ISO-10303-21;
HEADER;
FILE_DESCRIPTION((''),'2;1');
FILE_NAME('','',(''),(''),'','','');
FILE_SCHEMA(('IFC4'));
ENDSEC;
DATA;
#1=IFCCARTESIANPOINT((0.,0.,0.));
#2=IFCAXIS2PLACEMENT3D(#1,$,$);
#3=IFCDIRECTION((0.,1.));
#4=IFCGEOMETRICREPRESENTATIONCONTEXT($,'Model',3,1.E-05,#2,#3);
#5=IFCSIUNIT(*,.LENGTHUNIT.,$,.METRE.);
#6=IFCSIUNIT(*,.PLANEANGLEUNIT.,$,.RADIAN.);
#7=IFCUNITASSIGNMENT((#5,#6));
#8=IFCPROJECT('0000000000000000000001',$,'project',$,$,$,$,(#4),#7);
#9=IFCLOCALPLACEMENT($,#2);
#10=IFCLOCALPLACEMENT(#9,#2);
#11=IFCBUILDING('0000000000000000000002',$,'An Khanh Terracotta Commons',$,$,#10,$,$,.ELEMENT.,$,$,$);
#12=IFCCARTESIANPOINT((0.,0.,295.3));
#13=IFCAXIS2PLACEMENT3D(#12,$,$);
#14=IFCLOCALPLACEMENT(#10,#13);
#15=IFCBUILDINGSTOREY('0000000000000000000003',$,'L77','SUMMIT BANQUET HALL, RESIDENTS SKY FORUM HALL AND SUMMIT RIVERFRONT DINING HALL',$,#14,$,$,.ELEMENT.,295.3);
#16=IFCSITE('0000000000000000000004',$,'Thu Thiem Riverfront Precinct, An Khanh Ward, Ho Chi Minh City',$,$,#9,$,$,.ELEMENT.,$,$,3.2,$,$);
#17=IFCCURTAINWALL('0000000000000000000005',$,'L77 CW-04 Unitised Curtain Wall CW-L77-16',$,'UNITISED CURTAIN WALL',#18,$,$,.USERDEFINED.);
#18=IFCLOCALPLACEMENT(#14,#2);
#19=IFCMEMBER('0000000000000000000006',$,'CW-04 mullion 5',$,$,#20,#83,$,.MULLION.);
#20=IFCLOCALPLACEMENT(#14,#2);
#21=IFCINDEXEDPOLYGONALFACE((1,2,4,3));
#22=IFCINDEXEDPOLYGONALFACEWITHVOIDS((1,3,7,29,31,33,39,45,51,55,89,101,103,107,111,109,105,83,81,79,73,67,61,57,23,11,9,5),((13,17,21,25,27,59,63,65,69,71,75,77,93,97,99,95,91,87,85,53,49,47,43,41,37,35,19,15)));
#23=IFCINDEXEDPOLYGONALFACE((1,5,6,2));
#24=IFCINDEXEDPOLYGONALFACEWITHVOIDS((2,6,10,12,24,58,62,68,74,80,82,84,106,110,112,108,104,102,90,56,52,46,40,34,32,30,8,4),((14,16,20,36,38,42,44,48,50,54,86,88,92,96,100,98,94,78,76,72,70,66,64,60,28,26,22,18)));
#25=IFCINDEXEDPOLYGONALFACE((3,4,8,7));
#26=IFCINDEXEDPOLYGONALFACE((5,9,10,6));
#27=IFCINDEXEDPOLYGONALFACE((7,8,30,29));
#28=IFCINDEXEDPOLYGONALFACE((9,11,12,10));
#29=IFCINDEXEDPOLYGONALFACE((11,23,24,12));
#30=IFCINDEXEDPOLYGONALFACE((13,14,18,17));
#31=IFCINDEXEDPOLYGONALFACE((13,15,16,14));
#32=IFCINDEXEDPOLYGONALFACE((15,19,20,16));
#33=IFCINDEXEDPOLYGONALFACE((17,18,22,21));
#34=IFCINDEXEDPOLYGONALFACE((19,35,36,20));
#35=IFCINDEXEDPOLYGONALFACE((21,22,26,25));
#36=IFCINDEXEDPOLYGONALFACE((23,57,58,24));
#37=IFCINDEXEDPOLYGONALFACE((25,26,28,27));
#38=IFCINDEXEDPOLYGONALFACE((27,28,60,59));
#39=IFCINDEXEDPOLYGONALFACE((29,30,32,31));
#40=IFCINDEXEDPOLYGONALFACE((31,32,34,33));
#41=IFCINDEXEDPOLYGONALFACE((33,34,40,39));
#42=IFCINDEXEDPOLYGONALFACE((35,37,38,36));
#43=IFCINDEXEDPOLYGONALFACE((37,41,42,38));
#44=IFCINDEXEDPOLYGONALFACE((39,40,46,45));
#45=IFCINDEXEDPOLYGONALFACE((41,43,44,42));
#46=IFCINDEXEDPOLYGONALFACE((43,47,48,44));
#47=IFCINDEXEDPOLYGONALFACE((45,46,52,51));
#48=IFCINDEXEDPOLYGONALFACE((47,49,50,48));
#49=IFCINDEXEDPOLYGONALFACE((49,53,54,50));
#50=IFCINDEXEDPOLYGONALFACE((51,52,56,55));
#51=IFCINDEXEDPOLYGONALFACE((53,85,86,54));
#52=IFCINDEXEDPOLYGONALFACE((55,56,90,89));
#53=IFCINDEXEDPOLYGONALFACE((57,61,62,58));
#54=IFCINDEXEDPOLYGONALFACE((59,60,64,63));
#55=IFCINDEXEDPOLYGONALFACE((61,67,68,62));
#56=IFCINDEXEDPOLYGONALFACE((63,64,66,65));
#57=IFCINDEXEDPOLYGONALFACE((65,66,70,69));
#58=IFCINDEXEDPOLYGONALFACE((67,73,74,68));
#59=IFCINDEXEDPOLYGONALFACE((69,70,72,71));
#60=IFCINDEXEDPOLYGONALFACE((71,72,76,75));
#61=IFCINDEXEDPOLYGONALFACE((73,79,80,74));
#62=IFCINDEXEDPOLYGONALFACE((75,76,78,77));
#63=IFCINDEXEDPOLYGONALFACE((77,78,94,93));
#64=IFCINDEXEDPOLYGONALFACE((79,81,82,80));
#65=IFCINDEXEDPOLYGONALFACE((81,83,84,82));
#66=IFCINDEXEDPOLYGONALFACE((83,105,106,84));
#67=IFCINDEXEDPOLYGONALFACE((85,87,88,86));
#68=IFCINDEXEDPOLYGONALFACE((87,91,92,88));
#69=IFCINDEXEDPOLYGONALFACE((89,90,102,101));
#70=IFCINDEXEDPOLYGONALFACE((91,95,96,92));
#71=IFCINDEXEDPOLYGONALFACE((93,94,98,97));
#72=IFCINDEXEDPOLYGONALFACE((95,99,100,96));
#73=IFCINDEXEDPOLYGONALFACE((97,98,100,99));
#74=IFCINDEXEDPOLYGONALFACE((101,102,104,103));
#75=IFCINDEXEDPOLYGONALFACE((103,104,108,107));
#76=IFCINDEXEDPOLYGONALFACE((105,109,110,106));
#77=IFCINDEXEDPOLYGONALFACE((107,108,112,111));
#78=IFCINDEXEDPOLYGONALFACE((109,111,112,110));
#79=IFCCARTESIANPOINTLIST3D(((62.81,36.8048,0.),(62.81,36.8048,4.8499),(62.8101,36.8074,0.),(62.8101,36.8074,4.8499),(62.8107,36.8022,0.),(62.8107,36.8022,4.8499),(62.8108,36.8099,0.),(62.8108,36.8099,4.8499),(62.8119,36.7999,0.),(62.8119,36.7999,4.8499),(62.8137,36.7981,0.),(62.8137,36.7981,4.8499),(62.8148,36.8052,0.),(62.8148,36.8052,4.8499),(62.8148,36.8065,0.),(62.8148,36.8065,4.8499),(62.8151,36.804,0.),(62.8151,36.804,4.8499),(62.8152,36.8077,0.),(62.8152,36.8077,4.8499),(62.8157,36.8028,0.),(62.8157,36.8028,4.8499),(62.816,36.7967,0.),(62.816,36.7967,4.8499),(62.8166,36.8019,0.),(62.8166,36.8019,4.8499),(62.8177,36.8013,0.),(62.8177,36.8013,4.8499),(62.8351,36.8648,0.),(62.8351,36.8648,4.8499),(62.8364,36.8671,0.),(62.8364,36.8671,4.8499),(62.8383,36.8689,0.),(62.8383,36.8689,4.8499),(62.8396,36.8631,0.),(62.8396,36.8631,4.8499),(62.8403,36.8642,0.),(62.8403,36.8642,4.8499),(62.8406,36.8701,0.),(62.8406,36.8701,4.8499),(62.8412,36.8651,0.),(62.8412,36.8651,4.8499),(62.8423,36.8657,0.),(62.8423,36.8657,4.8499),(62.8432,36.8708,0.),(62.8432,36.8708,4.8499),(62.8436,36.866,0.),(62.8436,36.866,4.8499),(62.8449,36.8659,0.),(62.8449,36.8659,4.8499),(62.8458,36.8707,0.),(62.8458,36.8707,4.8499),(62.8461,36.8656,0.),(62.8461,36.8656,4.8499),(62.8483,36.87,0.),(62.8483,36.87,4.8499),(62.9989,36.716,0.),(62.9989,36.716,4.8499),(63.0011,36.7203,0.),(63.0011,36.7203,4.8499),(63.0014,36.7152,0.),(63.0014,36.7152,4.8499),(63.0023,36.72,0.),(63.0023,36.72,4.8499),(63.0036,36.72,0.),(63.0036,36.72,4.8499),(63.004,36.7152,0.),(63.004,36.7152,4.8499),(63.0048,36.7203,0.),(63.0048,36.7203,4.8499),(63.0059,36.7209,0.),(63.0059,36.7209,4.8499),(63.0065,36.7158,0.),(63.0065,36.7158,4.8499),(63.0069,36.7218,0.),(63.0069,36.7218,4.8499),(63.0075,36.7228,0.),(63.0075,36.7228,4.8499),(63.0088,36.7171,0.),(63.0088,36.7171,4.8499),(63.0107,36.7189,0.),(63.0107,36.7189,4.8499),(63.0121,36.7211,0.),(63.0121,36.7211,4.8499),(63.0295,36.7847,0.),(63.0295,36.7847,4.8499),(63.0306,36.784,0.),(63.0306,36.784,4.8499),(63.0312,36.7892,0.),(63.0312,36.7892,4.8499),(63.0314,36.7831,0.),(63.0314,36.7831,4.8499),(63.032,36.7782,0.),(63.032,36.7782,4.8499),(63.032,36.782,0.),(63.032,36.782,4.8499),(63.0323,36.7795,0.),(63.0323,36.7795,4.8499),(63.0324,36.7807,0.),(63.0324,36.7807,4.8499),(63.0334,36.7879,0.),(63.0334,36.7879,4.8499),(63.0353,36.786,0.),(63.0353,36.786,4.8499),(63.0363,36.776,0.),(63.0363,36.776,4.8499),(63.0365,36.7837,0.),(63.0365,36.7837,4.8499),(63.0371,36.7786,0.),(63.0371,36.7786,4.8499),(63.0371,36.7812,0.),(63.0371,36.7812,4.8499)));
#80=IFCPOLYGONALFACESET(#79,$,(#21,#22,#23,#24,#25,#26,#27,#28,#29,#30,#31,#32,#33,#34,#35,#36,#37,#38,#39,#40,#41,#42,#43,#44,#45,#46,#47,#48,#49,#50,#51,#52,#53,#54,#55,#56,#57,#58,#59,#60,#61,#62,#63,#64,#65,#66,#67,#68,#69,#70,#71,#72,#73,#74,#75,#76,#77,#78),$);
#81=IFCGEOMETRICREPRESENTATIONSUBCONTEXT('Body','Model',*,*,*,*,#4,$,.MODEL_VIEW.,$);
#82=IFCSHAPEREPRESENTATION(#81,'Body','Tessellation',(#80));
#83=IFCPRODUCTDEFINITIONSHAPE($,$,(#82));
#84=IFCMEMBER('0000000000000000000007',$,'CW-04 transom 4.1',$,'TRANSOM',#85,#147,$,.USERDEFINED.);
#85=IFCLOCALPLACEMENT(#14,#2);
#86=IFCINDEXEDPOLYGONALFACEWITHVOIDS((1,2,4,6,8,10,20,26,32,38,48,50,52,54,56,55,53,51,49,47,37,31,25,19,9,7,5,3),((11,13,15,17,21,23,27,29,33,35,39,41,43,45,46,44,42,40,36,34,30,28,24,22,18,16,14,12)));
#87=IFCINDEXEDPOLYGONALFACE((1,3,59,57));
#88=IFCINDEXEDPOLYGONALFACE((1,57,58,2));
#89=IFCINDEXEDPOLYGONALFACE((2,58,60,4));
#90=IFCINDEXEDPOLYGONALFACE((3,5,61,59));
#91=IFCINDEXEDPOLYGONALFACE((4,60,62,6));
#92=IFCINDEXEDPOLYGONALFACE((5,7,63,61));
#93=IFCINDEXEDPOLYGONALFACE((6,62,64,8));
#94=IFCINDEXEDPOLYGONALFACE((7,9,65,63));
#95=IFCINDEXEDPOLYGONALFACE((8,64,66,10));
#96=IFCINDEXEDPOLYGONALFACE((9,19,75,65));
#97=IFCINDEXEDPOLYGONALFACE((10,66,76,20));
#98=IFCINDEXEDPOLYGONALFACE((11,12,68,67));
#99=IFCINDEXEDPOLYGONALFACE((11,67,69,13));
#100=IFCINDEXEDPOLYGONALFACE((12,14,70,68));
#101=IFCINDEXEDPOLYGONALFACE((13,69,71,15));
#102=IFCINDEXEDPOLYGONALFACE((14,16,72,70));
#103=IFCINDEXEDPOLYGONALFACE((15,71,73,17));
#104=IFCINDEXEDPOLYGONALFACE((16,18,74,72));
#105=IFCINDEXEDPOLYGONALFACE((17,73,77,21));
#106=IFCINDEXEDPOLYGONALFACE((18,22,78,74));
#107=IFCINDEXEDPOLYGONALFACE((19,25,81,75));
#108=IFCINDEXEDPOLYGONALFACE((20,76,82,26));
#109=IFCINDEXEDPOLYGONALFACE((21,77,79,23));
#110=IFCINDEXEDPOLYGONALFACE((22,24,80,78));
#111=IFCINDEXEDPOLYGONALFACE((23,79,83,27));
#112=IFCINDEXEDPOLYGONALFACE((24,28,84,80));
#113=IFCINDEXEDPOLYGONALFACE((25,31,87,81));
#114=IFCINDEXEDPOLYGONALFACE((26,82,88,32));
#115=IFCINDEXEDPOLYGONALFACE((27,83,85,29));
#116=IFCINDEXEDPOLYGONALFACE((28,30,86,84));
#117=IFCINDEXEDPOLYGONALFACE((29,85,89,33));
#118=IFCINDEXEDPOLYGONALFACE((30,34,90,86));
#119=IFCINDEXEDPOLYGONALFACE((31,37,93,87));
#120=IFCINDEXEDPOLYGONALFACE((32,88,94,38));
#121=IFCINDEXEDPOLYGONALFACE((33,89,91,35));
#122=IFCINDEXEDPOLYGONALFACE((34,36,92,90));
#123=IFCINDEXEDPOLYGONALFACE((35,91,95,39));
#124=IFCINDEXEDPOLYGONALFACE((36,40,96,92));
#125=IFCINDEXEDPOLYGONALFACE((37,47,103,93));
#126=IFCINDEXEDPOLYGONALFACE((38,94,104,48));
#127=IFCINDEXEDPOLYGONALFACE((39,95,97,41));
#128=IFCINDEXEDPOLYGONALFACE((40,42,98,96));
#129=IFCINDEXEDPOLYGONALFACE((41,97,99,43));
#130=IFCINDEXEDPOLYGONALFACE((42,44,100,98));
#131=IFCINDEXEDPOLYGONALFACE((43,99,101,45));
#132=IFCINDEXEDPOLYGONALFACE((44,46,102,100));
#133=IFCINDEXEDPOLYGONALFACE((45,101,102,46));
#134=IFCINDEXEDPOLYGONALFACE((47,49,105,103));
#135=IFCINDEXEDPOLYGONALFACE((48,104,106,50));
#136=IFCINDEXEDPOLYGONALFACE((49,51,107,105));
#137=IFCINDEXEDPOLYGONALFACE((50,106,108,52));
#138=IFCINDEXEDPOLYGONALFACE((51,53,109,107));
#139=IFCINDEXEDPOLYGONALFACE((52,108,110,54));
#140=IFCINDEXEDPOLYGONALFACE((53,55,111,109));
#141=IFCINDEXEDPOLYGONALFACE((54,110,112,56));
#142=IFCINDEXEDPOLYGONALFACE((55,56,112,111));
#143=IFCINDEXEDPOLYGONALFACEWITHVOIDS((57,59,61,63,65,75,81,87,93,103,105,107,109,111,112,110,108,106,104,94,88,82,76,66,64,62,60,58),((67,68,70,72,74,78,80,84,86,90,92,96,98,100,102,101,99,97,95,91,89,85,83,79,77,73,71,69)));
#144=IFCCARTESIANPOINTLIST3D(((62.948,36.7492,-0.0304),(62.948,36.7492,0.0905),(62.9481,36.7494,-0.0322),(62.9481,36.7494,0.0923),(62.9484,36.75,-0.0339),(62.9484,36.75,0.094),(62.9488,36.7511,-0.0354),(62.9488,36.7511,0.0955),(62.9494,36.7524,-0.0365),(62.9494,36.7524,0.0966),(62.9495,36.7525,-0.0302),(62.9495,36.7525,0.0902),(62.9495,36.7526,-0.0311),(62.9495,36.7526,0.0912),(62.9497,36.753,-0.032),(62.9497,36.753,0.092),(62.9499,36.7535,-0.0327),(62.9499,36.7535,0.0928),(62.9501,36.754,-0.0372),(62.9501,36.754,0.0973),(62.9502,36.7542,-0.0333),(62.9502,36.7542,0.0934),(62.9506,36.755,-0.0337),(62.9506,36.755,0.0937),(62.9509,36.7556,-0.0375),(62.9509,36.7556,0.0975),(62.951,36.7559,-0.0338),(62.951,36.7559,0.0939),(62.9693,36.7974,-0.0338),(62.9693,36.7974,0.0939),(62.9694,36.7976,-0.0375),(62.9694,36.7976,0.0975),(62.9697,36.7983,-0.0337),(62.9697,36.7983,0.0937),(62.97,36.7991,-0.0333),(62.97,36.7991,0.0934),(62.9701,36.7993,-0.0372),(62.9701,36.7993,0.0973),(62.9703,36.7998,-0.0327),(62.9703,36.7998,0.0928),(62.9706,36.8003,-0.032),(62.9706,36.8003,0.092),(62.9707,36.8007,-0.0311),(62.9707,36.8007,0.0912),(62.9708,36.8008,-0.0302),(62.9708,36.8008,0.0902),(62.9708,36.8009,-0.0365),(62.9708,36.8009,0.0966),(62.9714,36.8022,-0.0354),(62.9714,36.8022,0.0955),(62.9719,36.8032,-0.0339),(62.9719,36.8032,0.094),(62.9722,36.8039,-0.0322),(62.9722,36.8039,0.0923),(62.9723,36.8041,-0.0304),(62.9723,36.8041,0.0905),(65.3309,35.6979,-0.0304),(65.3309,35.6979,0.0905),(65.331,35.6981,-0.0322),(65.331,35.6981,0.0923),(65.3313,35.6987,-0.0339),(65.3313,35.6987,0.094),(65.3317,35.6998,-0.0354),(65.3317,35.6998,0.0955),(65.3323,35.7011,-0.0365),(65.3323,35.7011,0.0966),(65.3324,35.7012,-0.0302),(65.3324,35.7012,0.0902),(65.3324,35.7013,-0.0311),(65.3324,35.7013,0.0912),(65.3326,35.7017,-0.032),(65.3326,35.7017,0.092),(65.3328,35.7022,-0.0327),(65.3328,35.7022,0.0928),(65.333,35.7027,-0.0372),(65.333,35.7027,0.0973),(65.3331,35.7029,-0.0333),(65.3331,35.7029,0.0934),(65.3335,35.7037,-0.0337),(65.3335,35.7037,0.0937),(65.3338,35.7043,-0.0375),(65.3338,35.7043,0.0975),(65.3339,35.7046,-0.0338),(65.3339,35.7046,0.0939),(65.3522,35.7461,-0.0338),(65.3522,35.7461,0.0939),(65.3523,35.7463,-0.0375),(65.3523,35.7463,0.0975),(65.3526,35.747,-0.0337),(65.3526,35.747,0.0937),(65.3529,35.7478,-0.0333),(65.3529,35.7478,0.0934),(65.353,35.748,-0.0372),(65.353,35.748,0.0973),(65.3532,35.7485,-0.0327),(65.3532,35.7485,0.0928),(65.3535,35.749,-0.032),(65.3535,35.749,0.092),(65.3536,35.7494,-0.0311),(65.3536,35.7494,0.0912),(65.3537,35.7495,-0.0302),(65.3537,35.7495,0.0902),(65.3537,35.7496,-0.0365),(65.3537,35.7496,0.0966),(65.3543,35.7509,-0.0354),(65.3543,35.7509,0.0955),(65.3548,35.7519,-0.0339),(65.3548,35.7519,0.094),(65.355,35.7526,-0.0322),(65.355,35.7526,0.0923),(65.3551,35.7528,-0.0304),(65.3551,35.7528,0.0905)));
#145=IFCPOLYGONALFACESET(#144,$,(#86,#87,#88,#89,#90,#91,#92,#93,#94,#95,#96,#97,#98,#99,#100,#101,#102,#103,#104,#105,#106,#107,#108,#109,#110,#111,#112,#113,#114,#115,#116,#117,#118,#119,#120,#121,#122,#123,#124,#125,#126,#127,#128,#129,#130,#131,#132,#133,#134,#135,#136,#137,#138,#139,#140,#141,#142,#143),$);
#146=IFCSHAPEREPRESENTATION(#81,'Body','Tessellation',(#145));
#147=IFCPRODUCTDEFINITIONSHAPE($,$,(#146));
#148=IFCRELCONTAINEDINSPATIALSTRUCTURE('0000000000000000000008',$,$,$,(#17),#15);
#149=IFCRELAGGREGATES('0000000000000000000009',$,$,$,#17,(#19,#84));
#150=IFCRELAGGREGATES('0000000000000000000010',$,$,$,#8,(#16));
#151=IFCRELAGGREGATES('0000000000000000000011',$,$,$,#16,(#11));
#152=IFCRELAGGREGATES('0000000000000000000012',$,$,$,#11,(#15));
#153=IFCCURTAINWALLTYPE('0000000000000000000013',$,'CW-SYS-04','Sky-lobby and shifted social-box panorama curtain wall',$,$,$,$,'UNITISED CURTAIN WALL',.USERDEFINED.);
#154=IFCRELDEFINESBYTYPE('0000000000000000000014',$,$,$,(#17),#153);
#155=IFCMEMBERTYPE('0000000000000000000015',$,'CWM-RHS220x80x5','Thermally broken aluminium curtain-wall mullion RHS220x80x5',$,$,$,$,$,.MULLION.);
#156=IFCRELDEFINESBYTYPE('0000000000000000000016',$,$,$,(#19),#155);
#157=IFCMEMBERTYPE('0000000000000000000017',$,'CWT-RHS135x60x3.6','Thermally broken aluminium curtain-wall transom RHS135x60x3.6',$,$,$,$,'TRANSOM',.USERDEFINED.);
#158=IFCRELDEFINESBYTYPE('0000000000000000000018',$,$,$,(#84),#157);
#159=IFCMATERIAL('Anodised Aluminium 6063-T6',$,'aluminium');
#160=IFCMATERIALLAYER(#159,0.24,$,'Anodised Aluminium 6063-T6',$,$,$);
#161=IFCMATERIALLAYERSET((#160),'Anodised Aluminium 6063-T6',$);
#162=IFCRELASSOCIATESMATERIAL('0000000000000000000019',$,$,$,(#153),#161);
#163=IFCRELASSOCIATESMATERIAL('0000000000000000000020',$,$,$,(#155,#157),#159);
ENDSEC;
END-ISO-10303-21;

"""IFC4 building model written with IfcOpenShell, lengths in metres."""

from ifc_helpers import new_model, si_unit, direction, frame, origin, origin_2d, place, context, subcontext, project, spatial, hollow_rectangle, extrude, material, layer, layer_set, material_profile, profile_set, type_object, element, aggregate, save


model = new_model("IFC4")

# Units and contexts
model_context = context("Model", 3, precision=1e-05, world=origin(), true_north=direction((0.0, 1.0)))
body_context = subcontext(model_context, "Body", "Model", "MODEL_VIEW")
ifc_project = project(units=[si_unit("LENGTHUNIT", "METRE"), si_unit("PLANEANGLEUNIT", "RADIAN")], contexts=[model_context])

# Site, building, storey
site_placement = place(None, origin())
site = spatial("IfcSite", under=ifc_project, at=site_placement, Name="Thu Thiem Riverfront Precinct, An Khanh Ward, Ho Chi Minh City", CompositionType="ELEMENT", RefElevation=3.2)
building_placement = place(site_placement, origin())
building = spatial("IfcBuilding", under=site, at=building_placement, Name="An Khanh Terracotta Commons", CompositionType="ELEMENT")
storey_placement = place(building_placement, frame((0.0, 0.0, 295.3)))
storey = spatial("IfcBuildingStorey", under=building, at=storey_placement, Name="L77", Description="SUMMIT BANQUET HALL, RESIDENTS SKY FORUM HALL AND SUMMIT RIVERFRONT DINING HALL", CompositionType="ELEMENT", Elevation=295.3)

# Curtain wall, members
ifc_material_1 = material(Name="Anodised Aluminium 6063-T6", Category="aluminium")
ifc_layer_1 = layer(ifc_material_1, 0.24, Name="Anodised Aluminium 6063-T6")
ifc_layer_set_1 = layer_set([ifc_layer_1], Name="Anodised Aluminium 6063-T6")
curtain_wall_type = type_object("IfcCurtainWallType", Name="CW-SYS-04", Description="Sky-lobby and shifted social-box panorama curtain wall", ElementType="UNITISED CURTAIN WALL", PredefinedType="USERDEFINED", material=ifc_layer_set_1)
curtain_wall_placement = place(storey_placement, origin())
curtain_wall = element("IfcCurtainWall", 1, at=curtain_wall_placement, inside=storey, type_object=curtain_wall_type, Name="L77 CW-04 Unitised Curtain Wall CW-L77-16", ObjectType="UNITISED CURTAIN WALL", PredefinedType="USERDEFINED")
ifc_material_profile_1 = material_profile(ifc_material_1, hollow_rectangle(XDim=0.0801, YDim=0.22, WallThickness=0.0049, InnerFilletRadius=0.0049, OuterFilletRadius=0.01, at=origin_2d()), Name="RHS220x80x5")
ifc_profile_set_1 = profile_set([ifc_material_profile_1], Name="Anodised Aluminium 6063-T6")
member_type_1 = type_object("IfcMemberType", Name="CWM-RHS220x80x5", Description="Thermally broken aluminium curtain-wall mullion RHS220x80x5", PredefinedType="MULLION", material=ifc_profile_set_1)
member_1_placement = place(storey_placement, frame((62.9236, 36.793, 0.0), z_axis=(0.0, 0.0, 1.0), x_axis=(-0.403676, -0.914902, 0.0)))
member_1 = element("IfcMember", 2, at=member_1_placement, type_object=member_type_1, Name="CW-04 mullion 5", PredefinedType="MULLION", context=body_context, shape_type="SweptSolid", body=[
    extrude(hollow_rectangle(XDim=0.0801, YDim=0.22, WallThickness=0.0049, InnerFilletRadius=0.0049, OuterFilletRadius=0.01, at=origin_2d()), origin(), (0.0, 0.0, 1.0), 4.8499),
])
ifc_material_profile_2 = material_profile(ifc_material_1, hollow_rectangle(XDim=0.0601, YDim=0.135, WallThickness=0.0037, InnerFilletRadius=0.0037, OuterFilletRadius=0.0071, at=origin_2d()), Name="RHS135x60x3.6")
ifc_profile_set_2 = profile_set([ifc_material_profile_2], Name="Anodised Aluminium 6063-T6")
member_type_2 = type_object("IfcMemberType", Name="CWT-RHS135x60x3.6", Description="Thermally broken aluminium curtain-wall transom RHS135x60x3.6", ElementType="TRANSOM", PredefinedType="USERDEFINED", material=ifc_profile_set_2)
member_2_placement = place(storey_placement, frame((65.343, 35.7253, 0.03), z_axis=(-0.914914, 0.403649, 0.0), x_axis=(-0.403649, -0.914914, 0.0)))
member_2 = element("IfcMember", 3, at=member_2_placement, type_object=member_type_2, Name="CW-04 transom 4.1", ObjectType="TRANSOM", PredefinedType="USERDEFINED", context=body_context, shape_type="SweptSolid", body=[
    extrude(hollow_rectangle(XDim=0.0601, YDim=0.135, WallThickness=0.0037, InnerFilletRadius=0.0037, OuterFilletRadius=0.0071, at=origin_2d()), origin(), (0.0, 0.0, 1.0), 2.6045),
])
aggregate(curtain_wall, [member_1, member_2])

save(model, "model.ifc")
